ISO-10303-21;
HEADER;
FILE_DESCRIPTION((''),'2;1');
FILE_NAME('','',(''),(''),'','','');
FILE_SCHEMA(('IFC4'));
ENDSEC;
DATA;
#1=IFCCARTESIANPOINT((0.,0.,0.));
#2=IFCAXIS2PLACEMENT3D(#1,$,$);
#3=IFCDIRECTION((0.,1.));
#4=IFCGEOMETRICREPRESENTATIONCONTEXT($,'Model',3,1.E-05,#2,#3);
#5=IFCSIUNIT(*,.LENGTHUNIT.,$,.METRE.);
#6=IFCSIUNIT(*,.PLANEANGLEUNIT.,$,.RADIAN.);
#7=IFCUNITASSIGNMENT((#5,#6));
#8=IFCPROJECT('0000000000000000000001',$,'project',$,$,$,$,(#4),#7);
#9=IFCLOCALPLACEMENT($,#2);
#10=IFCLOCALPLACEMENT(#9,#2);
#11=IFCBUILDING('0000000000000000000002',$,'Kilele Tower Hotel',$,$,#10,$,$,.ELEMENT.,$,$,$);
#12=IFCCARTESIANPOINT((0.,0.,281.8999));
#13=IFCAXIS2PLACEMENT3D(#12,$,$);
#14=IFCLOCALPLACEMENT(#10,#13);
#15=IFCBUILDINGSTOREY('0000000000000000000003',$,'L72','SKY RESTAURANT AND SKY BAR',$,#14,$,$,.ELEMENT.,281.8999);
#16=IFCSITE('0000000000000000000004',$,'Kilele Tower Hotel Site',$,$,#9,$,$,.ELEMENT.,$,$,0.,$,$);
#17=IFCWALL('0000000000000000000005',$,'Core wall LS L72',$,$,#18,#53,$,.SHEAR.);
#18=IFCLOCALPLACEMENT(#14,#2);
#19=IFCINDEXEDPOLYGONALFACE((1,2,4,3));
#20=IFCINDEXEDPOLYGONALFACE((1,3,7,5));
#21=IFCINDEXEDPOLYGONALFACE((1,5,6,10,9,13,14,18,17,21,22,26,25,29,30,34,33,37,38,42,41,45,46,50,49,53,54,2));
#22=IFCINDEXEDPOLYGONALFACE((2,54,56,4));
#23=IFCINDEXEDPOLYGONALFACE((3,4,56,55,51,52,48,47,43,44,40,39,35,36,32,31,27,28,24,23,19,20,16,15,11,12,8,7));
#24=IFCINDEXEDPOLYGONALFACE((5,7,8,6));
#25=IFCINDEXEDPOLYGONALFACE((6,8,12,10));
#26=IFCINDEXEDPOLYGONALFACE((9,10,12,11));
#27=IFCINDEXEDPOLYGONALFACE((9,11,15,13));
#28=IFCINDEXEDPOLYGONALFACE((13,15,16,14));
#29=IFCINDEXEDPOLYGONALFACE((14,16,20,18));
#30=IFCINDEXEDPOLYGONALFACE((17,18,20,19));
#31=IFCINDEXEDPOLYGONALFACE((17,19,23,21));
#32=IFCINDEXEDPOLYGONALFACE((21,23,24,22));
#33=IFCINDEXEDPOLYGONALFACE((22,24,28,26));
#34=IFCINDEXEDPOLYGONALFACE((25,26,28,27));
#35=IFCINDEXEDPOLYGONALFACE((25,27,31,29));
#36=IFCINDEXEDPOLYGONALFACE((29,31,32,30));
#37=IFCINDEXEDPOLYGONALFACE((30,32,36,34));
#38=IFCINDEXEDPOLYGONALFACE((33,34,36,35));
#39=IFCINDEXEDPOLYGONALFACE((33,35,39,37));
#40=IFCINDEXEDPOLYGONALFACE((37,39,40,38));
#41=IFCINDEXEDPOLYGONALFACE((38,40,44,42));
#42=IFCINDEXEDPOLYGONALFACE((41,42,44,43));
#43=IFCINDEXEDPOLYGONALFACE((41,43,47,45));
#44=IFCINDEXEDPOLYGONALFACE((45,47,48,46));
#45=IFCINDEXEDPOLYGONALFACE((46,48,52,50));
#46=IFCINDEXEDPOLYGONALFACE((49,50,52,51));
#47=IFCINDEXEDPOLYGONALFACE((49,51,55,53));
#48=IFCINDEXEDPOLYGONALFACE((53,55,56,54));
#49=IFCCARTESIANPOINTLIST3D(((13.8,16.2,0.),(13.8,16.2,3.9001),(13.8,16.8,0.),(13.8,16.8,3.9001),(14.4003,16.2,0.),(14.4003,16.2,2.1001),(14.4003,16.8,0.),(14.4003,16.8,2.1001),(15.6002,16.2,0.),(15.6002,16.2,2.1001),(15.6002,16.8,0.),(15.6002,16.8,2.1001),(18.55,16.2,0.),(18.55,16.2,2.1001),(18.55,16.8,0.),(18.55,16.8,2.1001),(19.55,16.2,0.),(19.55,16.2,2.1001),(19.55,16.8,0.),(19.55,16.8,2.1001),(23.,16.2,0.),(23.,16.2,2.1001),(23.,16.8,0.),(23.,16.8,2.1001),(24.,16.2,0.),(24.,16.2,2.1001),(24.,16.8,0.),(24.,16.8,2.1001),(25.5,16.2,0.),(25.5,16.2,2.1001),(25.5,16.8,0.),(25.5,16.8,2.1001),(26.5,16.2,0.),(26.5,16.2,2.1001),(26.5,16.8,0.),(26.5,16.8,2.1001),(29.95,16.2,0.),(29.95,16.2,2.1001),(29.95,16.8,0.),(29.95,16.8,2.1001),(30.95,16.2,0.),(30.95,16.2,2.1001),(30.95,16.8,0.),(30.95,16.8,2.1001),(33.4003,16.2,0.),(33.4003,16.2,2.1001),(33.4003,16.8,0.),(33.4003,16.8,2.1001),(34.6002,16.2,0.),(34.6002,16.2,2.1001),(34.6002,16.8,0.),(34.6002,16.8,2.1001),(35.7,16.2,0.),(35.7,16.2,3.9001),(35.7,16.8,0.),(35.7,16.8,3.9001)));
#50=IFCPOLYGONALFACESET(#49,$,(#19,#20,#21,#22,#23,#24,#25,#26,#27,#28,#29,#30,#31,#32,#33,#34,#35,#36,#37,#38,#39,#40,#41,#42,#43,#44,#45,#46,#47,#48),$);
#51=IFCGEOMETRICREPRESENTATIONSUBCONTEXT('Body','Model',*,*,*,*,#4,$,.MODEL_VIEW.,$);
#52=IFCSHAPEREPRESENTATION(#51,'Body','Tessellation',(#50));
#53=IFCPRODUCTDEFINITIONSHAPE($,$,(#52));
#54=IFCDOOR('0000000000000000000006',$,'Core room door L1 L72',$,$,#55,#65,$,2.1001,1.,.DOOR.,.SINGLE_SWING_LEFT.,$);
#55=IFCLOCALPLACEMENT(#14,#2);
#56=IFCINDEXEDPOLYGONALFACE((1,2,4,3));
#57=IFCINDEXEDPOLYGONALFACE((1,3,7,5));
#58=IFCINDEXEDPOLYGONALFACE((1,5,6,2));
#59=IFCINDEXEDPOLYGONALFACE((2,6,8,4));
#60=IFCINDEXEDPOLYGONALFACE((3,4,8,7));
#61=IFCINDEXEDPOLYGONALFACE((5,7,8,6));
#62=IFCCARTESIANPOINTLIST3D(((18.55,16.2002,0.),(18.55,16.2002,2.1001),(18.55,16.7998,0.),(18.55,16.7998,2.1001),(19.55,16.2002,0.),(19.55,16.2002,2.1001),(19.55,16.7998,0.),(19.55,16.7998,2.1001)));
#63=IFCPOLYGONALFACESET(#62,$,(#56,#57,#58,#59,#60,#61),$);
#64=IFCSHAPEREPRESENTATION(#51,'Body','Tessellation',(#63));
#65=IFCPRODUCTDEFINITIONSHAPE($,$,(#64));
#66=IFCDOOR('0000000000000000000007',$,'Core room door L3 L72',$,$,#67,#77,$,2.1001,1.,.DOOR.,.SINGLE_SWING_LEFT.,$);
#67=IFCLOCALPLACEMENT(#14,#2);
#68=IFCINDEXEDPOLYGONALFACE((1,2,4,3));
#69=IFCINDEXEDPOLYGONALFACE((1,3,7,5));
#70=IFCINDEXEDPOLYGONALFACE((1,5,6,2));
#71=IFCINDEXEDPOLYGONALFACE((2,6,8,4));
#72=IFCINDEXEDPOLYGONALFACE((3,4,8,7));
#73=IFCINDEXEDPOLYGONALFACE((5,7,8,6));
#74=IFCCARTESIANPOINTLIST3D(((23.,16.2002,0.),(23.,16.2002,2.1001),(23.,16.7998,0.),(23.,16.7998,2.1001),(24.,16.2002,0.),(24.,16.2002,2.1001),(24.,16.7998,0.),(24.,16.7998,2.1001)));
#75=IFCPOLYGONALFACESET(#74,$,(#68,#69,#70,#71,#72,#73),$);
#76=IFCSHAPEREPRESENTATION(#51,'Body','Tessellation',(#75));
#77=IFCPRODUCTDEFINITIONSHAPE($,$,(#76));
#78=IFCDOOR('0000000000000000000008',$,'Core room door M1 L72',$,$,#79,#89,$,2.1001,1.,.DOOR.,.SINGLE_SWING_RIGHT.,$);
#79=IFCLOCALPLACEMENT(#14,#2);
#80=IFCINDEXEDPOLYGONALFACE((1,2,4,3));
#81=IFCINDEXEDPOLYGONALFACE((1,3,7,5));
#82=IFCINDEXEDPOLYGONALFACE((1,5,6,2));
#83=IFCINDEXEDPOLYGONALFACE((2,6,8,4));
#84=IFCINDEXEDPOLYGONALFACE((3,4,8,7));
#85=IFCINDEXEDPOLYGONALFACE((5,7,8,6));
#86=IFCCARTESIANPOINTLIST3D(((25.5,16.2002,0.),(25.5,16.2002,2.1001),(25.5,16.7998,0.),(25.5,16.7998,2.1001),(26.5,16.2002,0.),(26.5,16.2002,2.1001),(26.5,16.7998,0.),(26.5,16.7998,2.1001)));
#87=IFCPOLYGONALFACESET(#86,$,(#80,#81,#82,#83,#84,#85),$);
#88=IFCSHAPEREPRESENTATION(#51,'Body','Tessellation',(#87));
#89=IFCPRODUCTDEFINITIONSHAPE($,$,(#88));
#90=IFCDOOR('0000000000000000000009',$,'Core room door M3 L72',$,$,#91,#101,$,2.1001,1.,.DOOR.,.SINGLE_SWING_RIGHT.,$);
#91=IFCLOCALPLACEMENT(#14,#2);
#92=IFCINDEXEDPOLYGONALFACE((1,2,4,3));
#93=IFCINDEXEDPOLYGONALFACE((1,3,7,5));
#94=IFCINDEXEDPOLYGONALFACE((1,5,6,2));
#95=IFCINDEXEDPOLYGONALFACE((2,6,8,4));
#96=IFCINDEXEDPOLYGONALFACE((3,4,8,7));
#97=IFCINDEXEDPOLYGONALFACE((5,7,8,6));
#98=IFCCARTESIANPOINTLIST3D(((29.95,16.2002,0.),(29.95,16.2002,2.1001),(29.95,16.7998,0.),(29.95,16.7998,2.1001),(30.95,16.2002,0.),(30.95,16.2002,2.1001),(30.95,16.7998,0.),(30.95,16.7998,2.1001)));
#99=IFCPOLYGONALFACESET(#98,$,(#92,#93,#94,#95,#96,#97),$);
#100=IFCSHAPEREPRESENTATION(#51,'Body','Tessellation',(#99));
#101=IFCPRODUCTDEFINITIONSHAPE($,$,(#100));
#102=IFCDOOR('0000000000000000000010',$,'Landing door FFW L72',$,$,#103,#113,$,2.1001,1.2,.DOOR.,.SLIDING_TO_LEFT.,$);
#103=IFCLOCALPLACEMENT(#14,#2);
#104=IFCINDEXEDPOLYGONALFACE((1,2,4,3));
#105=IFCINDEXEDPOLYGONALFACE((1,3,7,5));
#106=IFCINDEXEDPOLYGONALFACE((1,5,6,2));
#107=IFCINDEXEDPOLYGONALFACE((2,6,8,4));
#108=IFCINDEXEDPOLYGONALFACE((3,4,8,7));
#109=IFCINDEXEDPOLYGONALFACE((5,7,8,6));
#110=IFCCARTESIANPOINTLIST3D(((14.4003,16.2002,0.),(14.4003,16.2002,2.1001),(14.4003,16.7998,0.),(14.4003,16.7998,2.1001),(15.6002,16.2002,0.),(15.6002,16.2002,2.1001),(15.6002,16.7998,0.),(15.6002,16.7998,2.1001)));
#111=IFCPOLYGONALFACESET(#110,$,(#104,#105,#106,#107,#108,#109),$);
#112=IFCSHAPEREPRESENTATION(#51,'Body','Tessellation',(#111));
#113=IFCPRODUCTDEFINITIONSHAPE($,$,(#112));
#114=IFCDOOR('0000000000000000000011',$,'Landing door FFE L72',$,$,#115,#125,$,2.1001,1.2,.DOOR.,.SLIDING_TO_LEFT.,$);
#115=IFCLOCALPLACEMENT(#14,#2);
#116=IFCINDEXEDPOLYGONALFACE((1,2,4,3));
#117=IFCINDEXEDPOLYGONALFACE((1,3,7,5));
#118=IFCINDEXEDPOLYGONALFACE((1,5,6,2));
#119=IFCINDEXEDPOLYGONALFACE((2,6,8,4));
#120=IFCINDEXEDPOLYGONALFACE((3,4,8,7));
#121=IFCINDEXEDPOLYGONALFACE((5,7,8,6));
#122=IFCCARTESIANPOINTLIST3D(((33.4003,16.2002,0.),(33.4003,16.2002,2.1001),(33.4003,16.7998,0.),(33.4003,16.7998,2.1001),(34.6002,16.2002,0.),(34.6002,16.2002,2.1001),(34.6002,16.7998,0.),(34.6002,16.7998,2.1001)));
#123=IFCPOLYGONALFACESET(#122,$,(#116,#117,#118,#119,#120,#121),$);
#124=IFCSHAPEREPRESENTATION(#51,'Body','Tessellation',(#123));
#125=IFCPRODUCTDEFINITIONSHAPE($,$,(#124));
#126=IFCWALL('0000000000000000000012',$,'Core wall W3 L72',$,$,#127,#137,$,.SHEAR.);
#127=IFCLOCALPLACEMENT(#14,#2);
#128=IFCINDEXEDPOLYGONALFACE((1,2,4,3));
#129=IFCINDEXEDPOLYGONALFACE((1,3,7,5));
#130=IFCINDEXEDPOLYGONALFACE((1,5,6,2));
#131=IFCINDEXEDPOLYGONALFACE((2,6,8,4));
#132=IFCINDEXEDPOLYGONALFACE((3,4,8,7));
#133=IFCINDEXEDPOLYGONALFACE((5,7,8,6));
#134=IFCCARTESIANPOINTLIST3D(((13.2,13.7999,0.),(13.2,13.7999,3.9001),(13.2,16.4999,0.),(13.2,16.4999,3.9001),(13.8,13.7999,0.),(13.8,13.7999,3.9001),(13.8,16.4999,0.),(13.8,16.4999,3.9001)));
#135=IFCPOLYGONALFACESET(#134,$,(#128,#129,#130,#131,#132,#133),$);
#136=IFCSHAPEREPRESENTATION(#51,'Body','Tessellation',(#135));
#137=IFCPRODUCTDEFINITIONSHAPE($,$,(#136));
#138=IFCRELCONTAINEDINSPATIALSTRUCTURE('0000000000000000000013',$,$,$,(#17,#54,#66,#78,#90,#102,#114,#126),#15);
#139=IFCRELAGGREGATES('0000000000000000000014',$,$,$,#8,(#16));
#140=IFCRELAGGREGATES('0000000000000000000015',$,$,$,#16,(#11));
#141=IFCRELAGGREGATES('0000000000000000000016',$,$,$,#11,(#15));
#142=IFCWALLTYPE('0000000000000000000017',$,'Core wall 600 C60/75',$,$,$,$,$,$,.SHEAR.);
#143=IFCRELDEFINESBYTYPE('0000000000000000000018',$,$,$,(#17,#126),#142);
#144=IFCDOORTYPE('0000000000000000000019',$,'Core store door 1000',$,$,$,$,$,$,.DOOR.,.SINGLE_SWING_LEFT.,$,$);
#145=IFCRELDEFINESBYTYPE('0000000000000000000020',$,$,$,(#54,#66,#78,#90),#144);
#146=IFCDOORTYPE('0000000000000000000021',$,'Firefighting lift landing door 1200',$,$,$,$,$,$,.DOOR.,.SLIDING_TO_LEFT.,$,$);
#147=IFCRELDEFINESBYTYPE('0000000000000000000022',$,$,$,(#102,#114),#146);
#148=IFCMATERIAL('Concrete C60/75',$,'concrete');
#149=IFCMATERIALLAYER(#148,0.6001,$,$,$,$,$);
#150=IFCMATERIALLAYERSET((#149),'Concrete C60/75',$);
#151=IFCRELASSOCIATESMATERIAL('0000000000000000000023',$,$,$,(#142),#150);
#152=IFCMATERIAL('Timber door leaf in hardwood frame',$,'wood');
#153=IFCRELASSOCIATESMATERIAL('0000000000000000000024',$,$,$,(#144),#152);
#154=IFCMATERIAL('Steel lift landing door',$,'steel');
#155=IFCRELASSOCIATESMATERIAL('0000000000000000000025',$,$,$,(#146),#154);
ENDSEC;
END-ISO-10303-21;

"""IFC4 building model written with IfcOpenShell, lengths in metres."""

from ifc_helpers import new_model, si_unit, direction, frame, frame_2d, origin, place, context, subcontext, project, spatial, rectangle, extrude, material, layer, layer_set, type_object, element, fill, save


model = new_model("IFC4")

# Units and contexts
model_context = context("Model", 3, precision=1e-05, world=origin(), true_north=direction((0.0, 1.0)))
body_context = subcontext(model_context, "Body", "Model", "MODEL_VIEW")
ifc_project = project(units=[si_unit("LENGTHUNIT", "METRE"), si_unit("PLANEANGLEUNIT", "RADIAN")], contexts=[model_context])

# Site, building, storey
site_placement = place(None, origin())
site = spatial("IfcSite", under=ifc_project, at=site_placement, Name="Kilele Tower Hotel Site", CompositionType="ELEMENT", RefElevation=0.0)
building_placement = place(site_placement, origin())
building = spatial("IfcBuilding", under=site, at=building_placement, Name="Kilele Tower Hotel", CompositionType="ELEMENT")
storey_placement = place(building_placement, frame((0.0, 0.0, 281.8999)))
storey = spatial("IfcBuildingStorey", under=building, at=storey_placement, Name="L72", Description="SKY RESTAURANT AND SKY BAR", CompositionType="ELEMENT", Elevation=281.8999)

# Shared definitions
ifc_material_1 = material(Name="Concrete C60/75", Category="concrete")
ifc_layer_1 = layer(ifc_material_1, 0.6001)
ifc_layer_set_1 = layer_set([ifc_layer_1], Name="Concrete C60/75")
wall_type = type_object("IfcWallType", Name="Core wall 600 C60/75", PredefinedType="SHEAR", material=ifc_layer_set_1)

# Wall, openings, doors
wall_1_placement = place(storey_placement, frame((13.8, 16.5, 0.0), z_axis=(0.0, 0.0, 1.0), x_axis=(1.0, 0.0, 0.0)))
wall_1 = element("IfcWall", 1, at=wall_1_placement, inside=storey, type_object=wall_type, Name="Core wall LS L72", PredefinedType="SHEAR", context=body_context, shape_type="SweptSolid", body=[
    extrude(rectangle(XDim=21.8999, YDim=0.6001, at=frame_2d((10.95, 0.0))), origin(), (0.0, 0.0, 1.0), 3.9001),
])
opening_1_placement = place(wall_1_placement, frame((5.75, 0.0, 0.0), z_axis=(0.0, 0.0, 1.0), x_axis=(-1.0, 0.0, 0.0)))
opening_1 = element("IfcOpeningElement", 2, at=opening_1_placement, cuts=wall_1, PredefinedType="OPENING", context=body_context, shape_type="SweptSolid", body=[
    extrude(rectangle(XDim=1.0, YDim=2.1001, at=frame_2d((0.5, 1.05))), frame((0.0, 0.3101, 0.0), z_axis=(0.0, -1.0, 0.0), x_axis=(1.0, 0.0, 0.0)), (0.0, 0.0, 1.0), 0.6201),
])
opening_2_placement = place(wall_1_placement, frame((10.2, 0.0, 0.0), z_axis=(0.0, 0.0, 1.0), x_axis=(-1.0, 0.0, 0.0)))
opening_2 = element("IfcOpeningElement", 3, at=opening_2_placement, cuts=wall_1, PredefinedType="OPENING", context=body_context, shape_type="SweptSolid", body=[
    extrude(rectangle(XDim=1.0, YDim=2.1001, at=frame_2d((0.5, 1.05))), frame((0.0, 0.3101, 0.0), z_axis=(0.0, -1.0, 0.0), x_axis=(1.0, 0.0, 0.0)), (0.0, 0.0, 1.0), 0.6201),
])
opening_3_placement = place(wall_1_placement, frame((12.7, 0.0, 0.0), z_axis=(0.0, 0.0, 1.0), x_axis=(-1.0, 0.0, 0.0)))
opening_3 = element("IfcOpeningElement", 4, at=opening_3_placement, cuts=wall_1, PredefinedType="OPENING", context=body_context, shape_type="SweptSolid", body=[
    extrude(rectangle(XDim=1.0, YDim=2.1001, at=frame_2d((0.5, 1.05))), frame((0.0, 0.3101, 0.0), z_axis=(0.0, -1.0, 0.0), x_axis=(1.0, 0.0, 0.0)), (0.0, 0.0, 1.0), 0.6201),
])
opening_4_placement = place(wall_1_placement, frame((17.1499, 0.0, 0.0), z_axis=(0.0, 0.0, 1.0), x_axis=(-1.0, 0.0, 0.0)))
opening_4 = element("IfcOpeningElement", 5, at=opening_4_placement, cuts=wall_1, PredefinedType="OPENING", context=body_context, shape_type="SweptSolid", body=[
    extrude(rectangle(XDim=1.0, YDim=2.1001, at=frame_2d((0.5, 1.05))), frame((0.0, 0.3101, 0.0), z_axis=(0.0, -1.0, 0.0), x_axis=(1.0, 0.0, 0.0)), (0.0, 0.0, 1.0), 0.6201),
])
opening_5_placement = place(wall_1_placement, frame((0.6001, 0.0, 0.0)))
opening_5 = element("IfcOpeningElement", 6, at=opening_5_placement, cuts=wall_1, PredefinedType="OPENING", context=body_context, shape_type="SweptSolid", body=[
    extrude(rectangle(XDim=1.2, YDim=2.1001, at=frame_2d((0.6001, 1.05))), frame((0.0, 0.3101, 0.0), z_axis=(0.0, -1.0, 0.0), x_axis=(1.0, 0.0, 0.0)), (0.0, 0.0, 1.0), 0.6201),
])
opening_6_placement = place(wall_1_placement, frame((19.6001, 0.0, 0.0)))
opening_6 = element("IfcOpeningElement", 7, at=opening_6_placement, cuts=wall_1, PredefinedType="OPENING", context=body_context, shape_type="SweptSolid", body=[
    extrude(rectangle(XDim=1.2, YDim=2.1001, at=frame_2d((0.6001, 1.05))), frame((0.0, 0.3101, 0.0), z_axis=(0.0, -1.0, 0.0), x_axis=(1.0, 0.0, 0.0)), (0.0, 0.0, 1.0), 0.6201),
])
ifc_material_2 = material(Name="Timber door leaf in hardwood frame", Category="wood")
door_type_1 = type_object("IfcDoorType", Name="Core store door 1000", OperationType="SINGLE_SWING_LEFT", PredefinedType="DOOR", material=ifc_material_2)
door_1_placement = place(opening_1_placement, origin())
door_1 = element("IfcDoor", 8, at=door_1_placement, inside=storey, type_object=door_type_1, Name="Core room door L1 L72", OperationType="SINGLE_SWING_LEFT", OverallHeight=2.1001, OverallWidth=1.0, PredefinedType="DOOR", context=body_context, shape_type="SweptSolid", body=[
    extrude(rectangle(XDim=1.0, YDim=2.1001, at=frame_2d((0.5, 1.05))), frame((0.0, 0.2998, 0.0), z_axis=(0.0, -1.0, 0.0), x_axis=(1.0, 0.0, 0.0)), (0.0, 0.0, 1.0), 0.5996),
])
fill(opening_1, door_1)
door_2_placement = place(opening_2_placement, origin())
door_2 = element("IfcDoor", 9, at=door_2_placement, inside=storey, type_object=door_type_1, Name="Core room door L3 L72", OperationType="SINGLE_SWING_LEFT", OverallHeight=2.1001, OverallWidth=1.0, PredefinedType="DOOR", context=body_context, shape_type="SweptSolid", body=[
    extrude(rectangle(XDim=1.0, YDim=2.1001, at=frame_2d((0.5, 1.05))), frame((0.0, 0.2998, 0.0), z_axis=(0.0, -1.0, 0.0), x_axis=(1.0, 0.0, 0.0)), (0.0, 0.0, 1.0), 0.5996),
])
fill(opening_2, door_2)
door_3_placement = place(opening_3_placement, origin())
door_3 = element("IfcDoor", 10, at=door_3_placement, inside=storey, type_object=door_type_1, Name="Core room door M1 L72", OperationType="SINGLE_SWING_RIGHT", OverallHeight=2.1001, OverallWidth=1.0, PredefinedType="DOOR", context=body_context, shape_type="SweptSolid", body=[
    extrude(rectangle(XDim=1.0, YDim=2.1001, at=frame_2d((0.5, 1.05))), frame((0.0, 0.2998, 0.0), z_axis=(0.0, -1.0, 0.0), x_axis=(1.0, 0.0, 0.0)), (0.0, 0.0, 1.0), 0.5996),
])
fill(opening_3, door_3)
door_4_placement = place(opening_4_placement, origin())
door_4 = element("IfcDoor", 11, at=door_4_placement, inside=storey, type_object=door_type_1, Name="Core room door M3 L72", OperationType="SINGLE_SWING_RIGHT", OverallHeight=2.1001, OverallWidth=1.0, PredefinedType="DOOR", context=body_context, shape_type="SweptSolid", body=[
    extrude(rectangle(XDim=1.0, YDim=2.1001, at=frame_2d((0.5, 1.05))), frame((0.0, 0.2998, 0.0), z_axis=(0.0, -1.0, 0.0), x_axis=(1.0, 0.0, 0.0)), (0.0, 0.0, 1.0), 0.5996),
])
fill(opening_4, door_4)
ifc_material_3 = material(Name="Steel lift landing door", Category="steel")
door_type_2 = type_object("IfcDoorType", Name="Firefighting lift landing door 1200", OperationType="SLIDING_TO_LEFT", PredefinedType="DOOR", material=ifc_material_3)
door_5_placement = place(opening_5_placement, origin())
door_5 = element("IfcDoor", 12, at=door_5_placement, inside=storey, type_object=door_type_2, Name="Landing door FFW L72", OperationType="SLIDING_TO_LEFT", OverallHeight=2.1001, OverallWidth=1.2, PredefinedType="DOOR", context=body_context, shape_type="SweptSolid", body=[
    extrude(rectangle(XDim=1.2, YDim=2.1001, at=frame_2d((0.6001, 1.05))), frame((0.0, 0.2998, 0.0), z_axis=(0.0, -1.0, 0.0), x_axis=(1.0, 0.0, 0.0)), (0.0, 0.0, 1.0), 0.5996),
])
fill(opening_5, door_5)
door_6_placement = place(opening_6_placement, origin())
door_6 = element("IfcDoor", 13, at=door_6_placement, inside=storey, type_object=door_type_2, Name="Landing door FFE L72", OperationType="SLIDING_TO_LEFT", OverallHeight=2.1001, OverallWidth=1.2, PredefinedType="DOOR", context=body_context, shape_type="SweptSolid", body=[
    extrude(rectangle(XDim=1.2, YDim=2.1001, at=frame_2d((0.6001, 1.05))), frame((0.0, 0.2998, 0.0), z_axis=(0.0, -1.0, 0.0), x_axis=(1.0, 0.0, 0.0)), (0.0, 0.0, 1.0), 0.5996),
])
fill(opening_6, door_6)

# Wall
wall_2_placement = place(storey_placement, frame((13.5, 16.5, 0.0), z_axis=(0.0, 0.0, 1.0), x_axis=(0.0, -1.0, 0.0)))
element("IfcWall", 14, at=wall_2_placement, inside=storey, type_object=wall_type, Name="Core wall W3 L72", PredefinedType="SHEAR", context=body_context, shape_type="SweptSolid", body=[
    extrude(rectangle(XDim=2.7, YDim=0.6001, at=frame_2d((1.3501, 0.0))), origin(), (0.0, 0.0, 1.0), 3.9001),
])

save(model, "model.ifc")
